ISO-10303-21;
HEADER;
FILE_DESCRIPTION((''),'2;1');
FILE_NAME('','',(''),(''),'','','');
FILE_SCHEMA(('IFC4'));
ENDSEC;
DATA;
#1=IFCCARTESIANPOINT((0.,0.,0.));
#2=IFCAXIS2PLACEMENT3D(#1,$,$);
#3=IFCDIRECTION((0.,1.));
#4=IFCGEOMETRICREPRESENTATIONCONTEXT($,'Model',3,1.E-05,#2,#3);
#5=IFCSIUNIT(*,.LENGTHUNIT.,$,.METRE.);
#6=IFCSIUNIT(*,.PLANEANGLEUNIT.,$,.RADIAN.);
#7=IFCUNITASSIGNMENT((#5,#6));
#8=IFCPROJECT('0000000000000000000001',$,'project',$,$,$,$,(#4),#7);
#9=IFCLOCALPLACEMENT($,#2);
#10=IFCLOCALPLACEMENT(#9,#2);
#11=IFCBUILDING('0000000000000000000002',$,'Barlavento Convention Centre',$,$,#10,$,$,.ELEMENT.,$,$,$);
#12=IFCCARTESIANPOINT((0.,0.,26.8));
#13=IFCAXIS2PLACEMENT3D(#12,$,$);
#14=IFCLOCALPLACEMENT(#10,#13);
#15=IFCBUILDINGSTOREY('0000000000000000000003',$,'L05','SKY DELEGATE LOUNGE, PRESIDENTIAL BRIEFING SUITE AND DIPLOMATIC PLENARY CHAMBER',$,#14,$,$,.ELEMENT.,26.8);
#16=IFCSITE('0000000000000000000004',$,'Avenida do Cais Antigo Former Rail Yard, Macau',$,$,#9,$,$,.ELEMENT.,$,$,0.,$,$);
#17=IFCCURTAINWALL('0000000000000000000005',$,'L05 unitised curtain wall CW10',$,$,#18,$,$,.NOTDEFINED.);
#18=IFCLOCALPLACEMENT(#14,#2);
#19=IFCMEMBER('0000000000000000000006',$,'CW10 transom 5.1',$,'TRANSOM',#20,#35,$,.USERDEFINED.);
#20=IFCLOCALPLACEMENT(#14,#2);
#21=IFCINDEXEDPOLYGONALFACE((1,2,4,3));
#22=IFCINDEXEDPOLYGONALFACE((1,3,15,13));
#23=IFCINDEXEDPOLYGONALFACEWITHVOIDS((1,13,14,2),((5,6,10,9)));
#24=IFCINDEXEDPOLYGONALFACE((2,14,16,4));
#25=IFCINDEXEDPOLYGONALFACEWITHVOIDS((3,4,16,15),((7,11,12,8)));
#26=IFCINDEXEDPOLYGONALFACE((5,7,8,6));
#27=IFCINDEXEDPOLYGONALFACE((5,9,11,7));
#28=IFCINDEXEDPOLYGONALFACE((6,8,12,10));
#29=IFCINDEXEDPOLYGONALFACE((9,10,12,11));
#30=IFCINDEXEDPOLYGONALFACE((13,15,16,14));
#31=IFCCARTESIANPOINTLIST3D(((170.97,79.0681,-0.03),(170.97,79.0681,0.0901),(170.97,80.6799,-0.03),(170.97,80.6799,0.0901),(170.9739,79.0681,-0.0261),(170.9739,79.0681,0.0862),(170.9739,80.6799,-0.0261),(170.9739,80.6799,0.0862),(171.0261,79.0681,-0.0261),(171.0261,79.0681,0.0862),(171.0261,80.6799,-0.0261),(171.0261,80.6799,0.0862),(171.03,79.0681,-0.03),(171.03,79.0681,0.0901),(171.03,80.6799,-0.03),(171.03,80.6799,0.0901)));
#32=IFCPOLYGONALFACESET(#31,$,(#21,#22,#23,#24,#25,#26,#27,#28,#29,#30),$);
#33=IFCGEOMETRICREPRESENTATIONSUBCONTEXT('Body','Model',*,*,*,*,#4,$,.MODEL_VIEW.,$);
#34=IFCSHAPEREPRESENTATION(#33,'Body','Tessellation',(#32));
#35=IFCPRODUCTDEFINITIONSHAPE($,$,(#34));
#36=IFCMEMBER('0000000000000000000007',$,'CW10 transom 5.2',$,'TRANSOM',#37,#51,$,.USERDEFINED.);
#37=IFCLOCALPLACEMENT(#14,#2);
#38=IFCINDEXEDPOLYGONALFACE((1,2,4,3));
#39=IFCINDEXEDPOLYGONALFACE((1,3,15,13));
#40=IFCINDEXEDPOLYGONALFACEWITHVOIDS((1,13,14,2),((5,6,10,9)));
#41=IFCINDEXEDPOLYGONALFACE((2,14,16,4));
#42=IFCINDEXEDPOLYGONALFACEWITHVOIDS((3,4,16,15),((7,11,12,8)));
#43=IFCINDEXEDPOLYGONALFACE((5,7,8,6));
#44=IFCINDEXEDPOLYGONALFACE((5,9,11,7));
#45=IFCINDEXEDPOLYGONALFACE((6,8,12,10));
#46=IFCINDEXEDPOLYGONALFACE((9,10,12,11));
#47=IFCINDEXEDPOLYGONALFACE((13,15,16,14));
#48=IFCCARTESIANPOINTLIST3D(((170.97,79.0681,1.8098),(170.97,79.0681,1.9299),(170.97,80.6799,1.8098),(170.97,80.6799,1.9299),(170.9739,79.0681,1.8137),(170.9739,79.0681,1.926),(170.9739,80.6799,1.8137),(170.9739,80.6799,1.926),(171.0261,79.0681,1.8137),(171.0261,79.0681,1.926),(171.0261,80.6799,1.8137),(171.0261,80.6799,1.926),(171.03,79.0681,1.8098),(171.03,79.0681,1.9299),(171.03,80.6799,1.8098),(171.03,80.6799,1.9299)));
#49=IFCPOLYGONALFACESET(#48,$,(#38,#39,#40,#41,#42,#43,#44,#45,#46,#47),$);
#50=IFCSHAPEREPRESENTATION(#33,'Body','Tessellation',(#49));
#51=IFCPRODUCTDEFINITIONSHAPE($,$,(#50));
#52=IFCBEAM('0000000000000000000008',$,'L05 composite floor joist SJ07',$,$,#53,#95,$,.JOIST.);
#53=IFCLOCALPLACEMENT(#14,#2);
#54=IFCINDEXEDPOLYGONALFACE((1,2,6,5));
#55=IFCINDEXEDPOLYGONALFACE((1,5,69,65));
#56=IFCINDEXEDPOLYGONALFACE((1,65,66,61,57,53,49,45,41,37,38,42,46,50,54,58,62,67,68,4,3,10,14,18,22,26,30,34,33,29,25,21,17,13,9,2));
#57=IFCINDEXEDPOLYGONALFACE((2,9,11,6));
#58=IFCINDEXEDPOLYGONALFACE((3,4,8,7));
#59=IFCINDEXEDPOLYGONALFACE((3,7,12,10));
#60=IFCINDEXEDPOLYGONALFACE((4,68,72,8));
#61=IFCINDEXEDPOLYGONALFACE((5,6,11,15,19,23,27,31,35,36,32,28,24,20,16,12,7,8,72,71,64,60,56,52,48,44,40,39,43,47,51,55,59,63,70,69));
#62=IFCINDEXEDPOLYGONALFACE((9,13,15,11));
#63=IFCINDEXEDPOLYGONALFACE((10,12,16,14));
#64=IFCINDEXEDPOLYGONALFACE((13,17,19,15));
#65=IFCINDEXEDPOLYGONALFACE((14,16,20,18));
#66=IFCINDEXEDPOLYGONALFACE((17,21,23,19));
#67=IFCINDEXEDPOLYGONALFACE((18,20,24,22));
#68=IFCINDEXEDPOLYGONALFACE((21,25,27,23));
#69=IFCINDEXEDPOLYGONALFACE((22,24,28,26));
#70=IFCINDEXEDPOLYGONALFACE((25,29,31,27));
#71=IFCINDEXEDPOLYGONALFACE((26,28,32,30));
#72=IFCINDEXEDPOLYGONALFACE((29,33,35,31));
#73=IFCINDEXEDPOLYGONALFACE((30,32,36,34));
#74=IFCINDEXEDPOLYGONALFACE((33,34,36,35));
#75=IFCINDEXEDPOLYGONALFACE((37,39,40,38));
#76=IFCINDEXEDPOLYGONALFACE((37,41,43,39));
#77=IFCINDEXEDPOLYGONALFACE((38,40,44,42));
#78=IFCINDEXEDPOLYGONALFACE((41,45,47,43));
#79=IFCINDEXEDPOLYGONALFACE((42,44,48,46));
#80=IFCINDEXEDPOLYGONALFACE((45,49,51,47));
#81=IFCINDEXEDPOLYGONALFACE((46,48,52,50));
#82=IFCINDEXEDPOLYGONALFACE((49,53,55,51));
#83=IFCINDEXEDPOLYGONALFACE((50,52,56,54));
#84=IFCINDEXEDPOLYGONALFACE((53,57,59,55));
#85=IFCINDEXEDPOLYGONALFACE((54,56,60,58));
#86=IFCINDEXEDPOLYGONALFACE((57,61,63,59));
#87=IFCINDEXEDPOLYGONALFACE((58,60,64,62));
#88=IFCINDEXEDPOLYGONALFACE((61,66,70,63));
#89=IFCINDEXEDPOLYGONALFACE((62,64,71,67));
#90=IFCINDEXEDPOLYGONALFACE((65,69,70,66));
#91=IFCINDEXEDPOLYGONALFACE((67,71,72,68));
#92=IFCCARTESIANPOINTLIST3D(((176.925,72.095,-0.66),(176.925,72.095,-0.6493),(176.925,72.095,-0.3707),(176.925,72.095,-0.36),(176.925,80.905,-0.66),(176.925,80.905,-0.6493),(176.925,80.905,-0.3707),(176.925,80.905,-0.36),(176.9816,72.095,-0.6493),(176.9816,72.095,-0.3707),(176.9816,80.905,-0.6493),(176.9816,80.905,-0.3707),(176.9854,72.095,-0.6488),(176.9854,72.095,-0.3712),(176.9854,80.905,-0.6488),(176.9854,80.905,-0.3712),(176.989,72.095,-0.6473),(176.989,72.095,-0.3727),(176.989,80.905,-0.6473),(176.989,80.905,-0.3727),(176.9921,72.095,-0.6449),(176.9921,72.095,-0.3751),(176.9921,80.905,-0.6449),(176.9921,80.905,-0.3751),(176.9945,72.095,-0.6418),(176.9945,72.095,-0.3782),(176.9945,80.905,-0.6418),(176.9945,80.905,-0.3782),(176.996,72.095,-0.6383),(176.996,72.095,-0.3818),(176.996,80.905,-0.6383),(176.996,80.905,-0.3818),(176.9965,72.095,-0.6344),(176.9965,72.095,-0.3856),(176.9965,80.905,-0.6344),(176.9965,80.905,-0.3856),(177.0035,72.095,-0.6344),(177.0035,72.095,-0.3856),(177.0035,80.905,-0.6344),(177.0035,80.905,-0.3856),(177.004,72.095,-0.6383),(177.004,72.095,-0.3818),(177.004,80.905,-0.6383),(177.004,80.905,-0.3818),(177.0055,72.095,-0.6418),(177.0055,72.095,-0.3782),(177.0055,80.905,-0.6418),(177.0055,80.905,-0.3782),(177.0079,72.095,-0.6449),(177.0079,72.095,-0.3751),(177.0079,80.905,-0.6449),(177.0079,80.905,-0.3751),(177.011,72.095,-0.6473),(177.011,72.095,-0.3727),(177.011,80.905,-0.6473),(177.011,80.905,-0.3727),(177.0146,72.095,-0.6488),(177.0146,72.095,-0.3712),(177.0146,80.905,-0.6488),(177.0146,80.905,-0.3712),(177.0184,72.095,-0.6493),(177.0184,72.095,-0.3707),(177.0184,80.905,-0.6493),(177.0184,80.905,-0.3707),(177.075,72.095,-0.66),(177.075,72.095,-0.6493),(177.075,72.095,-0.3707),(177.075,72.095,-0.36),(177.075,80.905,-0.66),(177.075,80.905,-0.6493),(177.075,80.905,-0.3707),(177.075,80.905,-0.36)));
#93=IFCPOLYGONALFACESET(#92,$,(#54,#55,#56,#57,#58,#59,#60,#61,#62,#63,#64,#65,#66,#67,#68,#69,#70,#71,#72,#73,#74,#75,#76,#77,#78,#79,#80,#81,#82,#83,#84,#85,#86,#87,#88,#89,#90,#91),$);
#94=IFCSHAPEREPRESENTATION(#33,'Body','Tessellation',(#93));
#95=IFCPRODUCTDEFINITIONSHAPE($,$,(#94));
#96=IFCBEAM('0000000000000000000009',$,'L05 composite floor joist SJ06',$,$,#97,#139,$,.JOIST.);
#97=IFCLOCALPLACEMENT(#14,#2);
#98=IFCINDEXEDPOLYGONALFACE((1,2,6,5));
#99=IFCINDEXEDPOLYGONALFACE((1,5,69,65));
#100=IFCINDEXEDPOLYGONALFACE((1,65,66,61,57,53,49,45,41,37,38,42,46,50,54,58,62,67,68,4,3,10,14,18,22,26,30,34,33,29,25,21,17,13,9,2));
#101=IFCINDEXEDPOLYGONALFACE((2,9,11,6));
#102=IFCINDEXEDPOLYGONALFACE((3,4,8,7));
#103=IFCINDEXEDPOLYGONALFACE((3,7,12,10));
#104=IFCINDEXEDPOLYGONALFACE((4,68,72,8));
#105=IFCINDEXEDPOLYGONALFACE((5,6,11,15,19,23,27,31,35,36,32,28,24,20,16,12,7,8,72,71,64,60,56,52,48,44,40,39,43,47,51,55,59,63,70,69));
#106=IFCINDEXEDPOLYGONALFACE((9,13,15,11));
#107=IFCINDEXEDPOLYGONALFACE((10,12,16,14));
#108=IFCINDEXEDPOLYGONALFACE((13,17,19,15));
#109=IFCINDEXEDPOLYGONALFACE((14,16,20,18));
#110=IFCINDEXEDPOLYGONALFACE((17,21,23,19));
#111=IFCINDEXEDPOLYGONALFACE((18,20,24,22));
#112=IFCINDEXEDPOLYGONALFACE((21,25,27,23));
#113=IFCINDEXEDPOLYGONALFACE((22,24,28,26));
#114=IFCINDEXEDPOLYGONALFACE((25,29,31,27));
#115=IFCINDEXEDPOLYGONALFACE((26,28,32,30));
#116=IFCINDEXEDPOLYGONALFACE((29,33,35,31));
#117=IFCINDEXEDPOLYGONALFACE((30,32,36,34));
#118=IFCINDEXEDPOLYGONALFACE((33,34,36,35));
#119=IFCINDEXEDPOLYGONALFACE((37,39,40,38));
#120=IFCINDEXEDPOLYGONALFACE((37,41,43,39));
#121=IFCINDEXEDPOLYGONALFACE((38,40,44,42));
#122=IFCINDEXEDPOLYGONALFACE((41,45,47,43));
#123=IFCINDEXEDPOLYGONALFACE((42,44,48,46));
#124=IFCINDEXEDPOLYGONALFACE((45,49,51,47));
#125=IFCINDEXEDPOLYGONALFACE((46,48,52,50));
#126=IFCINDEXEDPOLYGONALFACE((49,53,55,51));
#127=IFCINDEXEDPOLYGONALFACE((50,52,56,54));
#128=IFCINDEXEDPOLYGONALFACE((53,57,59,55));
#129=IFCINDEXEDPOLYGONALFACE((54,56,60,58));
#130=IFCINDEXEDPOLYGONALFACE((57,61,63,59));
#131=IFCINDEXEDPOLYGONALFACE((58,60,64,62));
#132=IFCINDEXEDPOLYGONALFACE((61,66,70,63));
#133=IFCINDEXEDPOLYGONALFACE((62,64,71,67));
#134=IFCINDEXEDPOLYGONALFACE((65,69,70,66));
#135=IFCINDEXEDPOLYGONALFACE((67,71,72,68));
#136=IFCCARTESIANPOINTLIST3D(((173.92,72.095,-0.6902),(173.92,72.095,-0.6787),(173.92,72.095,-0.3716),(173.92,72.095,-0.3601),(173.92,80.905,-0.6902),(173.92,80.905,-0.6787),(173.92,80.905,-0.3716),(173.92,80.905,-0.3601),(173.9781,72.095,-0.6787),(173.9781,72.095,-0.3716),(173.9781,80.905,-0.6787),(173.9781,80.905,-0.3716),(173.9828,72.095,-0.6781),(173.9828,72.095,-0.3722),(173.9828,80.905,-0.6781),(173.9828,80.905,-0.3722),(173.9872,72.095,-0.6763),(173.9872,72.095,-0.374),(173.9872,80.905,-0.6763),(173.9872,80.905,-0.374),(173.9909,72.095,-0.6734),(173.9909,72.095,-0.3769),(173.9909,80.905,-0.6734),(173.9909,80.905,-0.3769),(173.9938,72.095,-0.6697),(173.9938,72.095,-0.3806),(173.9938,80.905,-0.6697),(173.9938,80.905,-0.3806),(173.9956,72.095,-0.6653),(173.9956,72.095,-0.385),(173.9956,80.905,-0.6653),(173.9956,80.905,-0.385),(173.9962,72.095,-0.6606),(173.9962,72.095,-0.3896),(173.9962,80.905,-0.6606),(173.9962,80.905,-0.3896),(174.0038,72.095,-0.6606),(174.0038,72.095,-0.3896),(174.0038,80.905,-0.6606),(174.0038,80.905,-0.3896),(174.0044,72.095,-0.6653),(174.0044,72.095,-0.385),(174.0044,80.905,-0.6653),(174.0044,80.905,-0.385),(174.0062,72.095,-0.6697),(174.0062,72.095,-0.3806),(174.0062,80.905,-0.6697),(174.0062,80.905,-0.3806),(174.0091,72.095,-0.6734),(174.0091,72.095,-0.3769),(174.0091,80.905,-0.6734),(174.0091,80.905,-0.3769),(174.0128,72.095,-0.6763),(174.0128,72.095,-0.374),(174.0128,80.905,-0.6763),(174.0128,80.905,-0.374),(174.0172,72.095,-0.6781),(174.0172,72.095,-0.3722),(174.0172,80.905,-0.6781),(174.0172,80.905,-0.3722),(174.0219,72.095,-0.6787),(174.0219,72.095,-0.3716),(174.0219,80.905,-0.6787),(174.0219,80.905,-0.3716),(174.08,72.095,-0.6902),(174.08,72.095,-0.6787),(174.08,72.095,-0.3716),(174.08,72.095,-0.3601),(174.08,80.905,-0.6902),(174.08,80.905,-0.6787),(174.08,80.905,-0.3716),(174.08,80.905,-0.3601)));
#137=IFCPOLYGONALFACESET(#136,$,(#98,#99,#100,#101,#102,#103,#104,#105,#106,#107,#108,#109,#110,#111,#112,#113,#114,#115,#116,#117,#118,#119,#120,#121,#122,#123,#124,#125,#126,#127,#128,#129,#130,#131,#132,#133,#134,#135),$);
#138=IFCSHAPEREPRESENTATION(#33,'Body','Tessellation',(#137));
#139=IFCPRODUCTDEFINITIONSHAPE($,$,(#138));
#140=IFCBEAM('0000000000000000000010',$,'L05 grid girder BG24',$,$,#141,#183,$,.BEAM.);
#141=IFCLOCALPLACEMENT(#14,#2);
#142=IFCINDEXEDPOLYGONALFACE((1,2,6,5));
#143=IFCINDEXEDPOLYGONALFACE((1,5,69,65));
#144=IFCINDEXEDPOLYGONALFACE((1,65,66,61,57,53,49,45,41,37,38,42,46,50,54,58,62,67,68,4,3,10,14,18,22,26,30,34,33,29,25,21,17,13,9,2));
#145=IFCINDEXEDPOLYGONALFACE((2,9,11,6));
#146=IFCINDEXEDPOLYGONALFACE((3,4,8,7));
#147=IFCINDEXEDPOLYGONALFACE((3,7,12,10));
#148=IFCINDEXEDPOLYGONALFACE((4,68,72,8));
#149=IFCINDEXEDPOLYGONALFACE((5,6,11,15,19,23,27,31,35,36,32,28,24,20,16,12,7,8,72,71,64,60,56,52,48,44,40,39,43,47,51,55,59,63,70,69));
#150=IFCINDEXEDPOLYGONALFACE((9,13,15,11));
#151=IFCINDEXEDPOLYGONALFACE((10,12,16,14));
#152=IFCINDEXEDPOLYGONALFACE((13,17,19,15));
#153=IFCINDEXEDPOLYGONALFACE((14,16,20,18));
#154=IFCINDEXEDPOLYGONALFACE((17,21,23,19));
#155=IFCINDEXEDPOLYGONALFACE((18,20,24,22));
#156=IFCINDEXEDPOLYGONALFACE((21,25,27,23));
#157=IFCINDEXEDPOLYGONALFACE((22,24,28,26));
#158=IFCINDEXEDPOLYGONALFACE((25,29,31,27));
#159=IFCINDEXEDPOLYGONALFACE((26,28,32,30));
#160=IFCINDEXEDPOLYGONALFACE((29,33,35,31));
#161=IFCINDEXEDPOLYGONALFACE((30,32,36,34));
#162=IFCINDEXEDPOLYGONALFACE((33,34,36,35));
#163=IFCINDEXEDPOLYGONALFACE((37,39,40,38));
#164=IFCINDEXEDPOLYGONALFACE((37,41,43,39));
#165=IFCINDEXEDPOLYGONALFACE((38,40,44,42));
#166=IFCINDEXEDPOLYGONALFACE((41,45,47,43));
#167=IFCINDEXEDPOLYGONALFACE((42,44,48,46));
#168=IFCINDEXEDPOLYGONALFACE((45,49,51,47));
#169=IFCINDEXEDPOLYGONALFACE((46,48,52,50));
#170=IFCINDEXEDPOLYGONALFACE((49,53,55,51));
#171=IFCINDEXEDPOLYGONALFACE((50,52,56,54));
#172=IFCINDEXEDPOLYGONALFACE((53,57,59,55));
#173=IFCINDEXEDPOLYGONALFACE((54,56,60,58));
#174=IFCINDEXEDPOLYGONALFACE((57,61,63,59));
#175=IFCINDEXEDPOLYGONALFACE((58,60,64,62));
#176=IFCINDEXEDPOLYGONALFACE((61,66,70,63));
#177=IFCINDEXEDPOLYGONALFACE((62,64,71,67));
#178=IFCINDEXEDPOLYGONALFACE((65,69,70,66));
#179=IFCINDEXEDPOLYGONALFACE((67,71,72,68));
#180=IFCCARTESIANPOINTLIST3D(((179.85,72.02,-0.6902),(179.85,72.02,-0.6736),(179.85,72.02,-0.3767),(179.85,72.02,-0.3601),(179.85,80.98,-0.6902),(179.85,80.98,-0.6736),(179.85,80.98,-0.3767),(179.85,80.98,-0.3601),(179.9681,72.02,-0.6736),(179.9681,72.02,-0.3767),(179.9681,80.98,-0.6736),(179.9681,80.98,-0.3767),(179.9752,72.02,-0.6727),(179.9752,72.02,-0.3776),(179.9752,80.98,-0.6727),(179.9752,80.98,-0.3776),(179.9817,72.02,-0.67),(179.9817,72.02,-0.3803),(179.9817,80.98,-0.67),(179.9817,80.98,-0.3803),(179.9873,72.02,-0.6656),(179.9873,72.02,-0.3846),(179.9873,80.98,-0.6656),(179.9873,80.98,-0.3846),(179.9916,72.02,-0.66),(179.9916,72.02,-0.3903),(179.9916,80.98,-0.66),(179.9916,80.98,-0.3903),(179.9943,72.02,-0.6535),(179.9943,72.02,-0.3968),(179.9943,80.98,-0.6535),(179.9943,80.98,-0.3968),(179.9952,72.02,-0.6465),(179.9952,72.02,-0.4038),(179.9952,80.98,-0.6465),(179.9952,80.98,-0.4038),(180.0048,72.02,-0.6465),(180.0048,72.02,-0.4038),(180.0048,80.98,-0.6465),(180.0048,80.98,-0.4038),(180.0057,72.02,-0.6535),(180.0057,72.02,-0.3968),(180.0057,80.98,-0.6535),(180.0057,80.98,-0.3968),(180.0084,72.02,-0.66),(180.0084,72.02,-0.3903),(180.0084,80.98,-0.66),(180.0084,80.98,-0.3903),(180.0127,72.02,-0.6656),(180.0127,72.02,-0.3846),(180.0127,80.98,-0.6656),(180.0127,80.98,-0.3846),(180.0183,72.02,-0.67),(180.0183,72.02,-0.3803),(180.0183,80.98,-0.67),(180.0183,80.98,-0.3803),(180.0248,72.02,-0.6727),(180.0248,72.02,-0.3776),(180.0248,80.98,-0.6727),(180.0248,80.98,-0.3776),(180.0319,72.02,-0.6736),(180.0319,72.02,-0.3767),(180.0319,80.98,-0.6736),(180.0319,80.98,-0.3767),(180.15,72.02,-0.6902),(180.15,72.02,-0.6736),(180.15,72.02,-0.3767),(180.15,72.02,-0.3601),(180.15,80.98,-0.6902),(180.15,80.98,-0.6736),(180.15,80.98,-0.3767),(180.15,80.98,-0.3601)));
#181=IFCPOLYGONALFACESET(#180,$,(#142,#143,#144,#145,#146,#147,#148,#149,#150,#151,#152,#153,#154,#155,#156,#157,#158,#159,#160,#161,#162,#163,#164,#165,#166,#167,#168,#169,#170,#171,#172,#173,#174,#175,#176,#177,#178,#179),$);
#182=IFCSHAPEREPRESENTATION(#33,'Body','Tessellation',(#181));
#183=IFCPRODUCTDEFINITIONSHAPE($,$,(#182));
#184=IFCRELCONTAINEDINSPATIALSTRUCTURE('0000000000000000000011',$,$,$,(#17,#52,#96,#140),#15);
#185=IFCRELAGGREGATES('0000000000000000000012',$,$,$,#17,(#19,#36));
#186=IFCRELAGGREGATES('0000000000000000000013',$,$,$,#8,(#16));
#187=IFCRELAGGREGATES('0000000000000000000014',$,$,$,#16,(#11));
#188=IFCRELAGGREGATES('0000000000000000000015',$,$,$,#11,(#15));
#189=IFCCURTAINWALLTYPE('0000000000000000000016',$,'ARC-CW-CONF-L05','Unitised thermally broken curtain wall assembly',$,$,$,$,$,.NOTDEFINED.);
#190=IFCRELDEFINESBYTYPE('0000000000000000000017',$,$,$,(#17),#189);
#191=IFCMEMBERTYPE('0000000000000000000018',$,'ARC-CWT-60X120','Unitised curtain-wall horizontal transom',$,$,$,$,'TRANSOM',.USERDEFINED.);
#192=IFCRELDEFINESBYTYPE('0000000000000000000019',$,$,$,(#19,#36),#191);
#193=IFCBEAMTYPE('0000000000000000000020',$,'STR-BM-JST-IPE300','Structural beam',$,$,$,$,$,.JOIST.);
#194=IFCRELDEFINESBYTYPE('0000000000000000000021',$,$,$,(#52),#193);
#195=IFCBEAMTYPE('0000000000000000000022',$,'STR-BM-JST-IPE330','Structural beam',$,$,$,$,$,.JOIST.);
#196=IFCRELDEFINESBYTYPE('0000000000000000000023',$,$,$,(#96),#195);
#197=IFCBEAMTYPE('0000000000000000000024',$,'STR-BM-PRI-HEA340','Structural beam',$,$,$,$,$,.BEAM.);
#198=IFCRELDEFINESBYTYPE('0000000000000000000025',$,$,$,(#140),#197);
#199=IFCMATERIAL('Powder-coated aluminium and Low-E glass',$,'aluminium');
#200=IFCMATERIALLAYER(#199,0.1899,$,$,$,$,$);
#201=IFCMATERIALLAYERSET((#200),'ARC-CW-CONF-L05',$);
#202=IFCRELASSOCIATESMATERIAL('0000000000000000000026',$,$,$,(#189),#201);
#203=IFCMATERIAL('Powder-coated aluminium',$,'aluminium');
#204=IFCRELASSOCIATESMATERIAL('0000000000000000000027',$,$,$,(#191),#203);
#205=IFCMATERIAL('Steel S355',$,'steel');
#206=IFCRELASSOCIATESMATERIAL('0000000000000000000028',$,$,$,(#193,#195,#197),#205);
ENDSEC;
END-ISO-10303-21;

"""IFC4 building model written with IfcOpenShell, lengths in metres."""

from ifc_helpers import new_model, si_unit, direction, frame, origin, origin_2d, place, context, subcontext, project, spatial, hollow_rectangle, i_section, extrude, material, layer, layer_set, material_profile, profile_set, type_object, element, aggregate, save


model = new_model("IFC4")

# Units and contexts
model_context = context("Model", 3, precision=1e-05, world=origin(), true_north=direction((0.0, 1.0)))
body_context = subcontext(model_context, "Body", "Model", "MODEL_VIEW")
ifc_project = project(units=[si_unit("LENGTHUNIT", "METRE"), si_unit("PLANEANGLEUNIT", "RADIAN")], contexts=[model_context])

# Site, building, storey
site_placement = place(None, origin())
site = spatial("IfcSite", under=ifc_project, at=site_placement, Name="Avenida do Cais Antigo Former Rail Yard, Macau", CompositionType="ELEMENT", RefElevation=0.0)
building_placement = place(site_placement, origin())
building = spatial("IfcBuilding", under=site, at=building_placement, Name="Barlavento Convention Centre", CompositionType="ELEMENT")
storey_placement = place(building_placement, frame((0.0, 0.0, 26.8)))
storey = spatial("IfcBuildingStorey", under=building, at=storey_placement, Name="L05", Description="SKY DELEGATE LOUNGE, PRESIDENTIAL BRIEFING SUITE AND DIPLOMATIC PLENARY CHAMBER", CompositionType="ELEMENT", Elevation=26.8)

# Shared definitions
ifc_material_1 = material(Name="Steel S355", Category="steel")

# Curtain wall, members
ifc_material_2 = material(Name="Powder-coated aluminium and Low-E glass", Category="aluminium")
ifc_layer_1 = layer(ifc_material_2, 0.1899)
ifc_layer_set_1 = layer_set([ifc_layer_1], Name="ARC-CW-CONF-L05")
curtain_wall_type = type_object("IfcCurtainWallType", Name="ARC-CW-CONF-L05", Description="Unitised thermally broken curtain wall assembly", PredefinedType="NOTDEFINED", material=ifc_layer_set_1)
curtain_wall_placement = place(storey_placement, origin())
curtain_wall = element("IfcCurtainWall", 1, at=curtain_wall_placement, inside=storey, type_object=curtain_wall_type, Name="L05 unitised curtain wall CW10", PredefinedType="NOTDEFINED")
ifc_material_3 = material(Name="Powder-coated aluminium", Category="aluminium")
ifc_material_profile_1 = material_profile(ifc_material_3, hollow_rectangle(XDim=0.0601, YDim=0.1201, WallThickness=0.0039, at=origin_2d()), Name="AL-TRAN 60x120x4")
ifc_profile_set_1 = profile_set([ifc_material_profile_1], Name="Powder-coated aluminium")
member_type_1 = type_object("IfcMemberType", Name="ARC-CWT-60X120", Description="Unitised curtain-wall horizontal transom", ElementType="TRANSOM", PredefinedType="USERDEFINED", material=ifc_profile_set_1)
member_1_placement = place(storey_placement, frame((171.0, 79.0681, 0.03), z_axis=(0.0, 1.0, 0.0), x_axis=(-1.0, 0.0, 0.0)))
member_1 = element("IfcMember", 2, at=member_1_placement, type_object=member_type_1, Name="CW10 transom 5.1", ObjectType="TRANSOM", PredefinedType="USERDEFINED", context=body_context, shape_type="SweptSolid", body=[
    extrude(hollow_rectangle(XDim=0.0601, YDim=0.1201, WallThickness=0.0039, at=origin_2d()), origin(), (0.0, 0.0, 1.0), 1.6118),
])
member_2_placement = place(storey_placement, frame((171.0, 79.0681, 1.8699), z_axis=(0.0, 1.0, 0.0), x_axis=(-1.0, 0.0, 0.0)))
member_2 = element("IfcMember", 3, at=member_2_placement, type_object=member_type_1, Name="CW10 transom 5.2", ObjectType="TRANSOM", PredefinedType="USERDEFINED", context=body_context, shape_type="SweptSolid", body=[
    extrude(hollow_rectangle(XDim=0.0601, YDim=0.1201, WallThickness=0.0039, at=origin_2d()), origin(), (0.0, 0.0, 1.0), 1.6118),
])

# Beams
ifc_material_profile_2 = material_profile(ifc_material_1, i_section(OverallWidth=0.1499, OverallDepth=0.3, WebThickness=0.0071, FlangeThickness=0.0107, FilletRadius=0.0149, at=origin_2d()), Name="IPE 300")
ifc_profile_set_2 = profile_set([ifc_material_profile_2], Name="Steel S355")
beam_type_1 = type_object("IfcBeamType", Name="STR-BM-JST-IPE300", Description="Structural beam", PredefinedType="JOIST", material=ifc_profile_set_2)
beam_1_placement = place(storey_placement, frame((177.0, 72.095, -0.51), z_axis=(0.0, 1.0, 0.0), x_axis=(-1.0, 0.0, 0.0)))
element("IfcBeam", 4, at=beam_1_placement, inside=storey, type_object=beam_type_1, Name="L05 composite floor joist SJ07", PredefinedType="JOIST", context=body_context, shape_type="SweptSolid", body=[
    extrude(i_section(OverallWidth=0.1499, OverallDepth=0.3, WebThickness=0.0071, FlangeThickness=0.0107, FilletRadius=0.0149, at=origin_2d()), origin(), (0.0, 0.0, 1.0), 8.8101),
])
ifc_material_profile_3 = material_profile(ifc_material_1, i_section(OverallWidth=0.1599, OverallDepth=0.3301, WebThickness=0.0076, FlangeThickness=0.0115, FilletRadius=0.0181, at=origin_2d()), Name="IPE 330")
ifc_profile_set_3 = profile_set([ifc_material_profile_3], Name="Steel S355")
beam_type_2 = type_object("IfcBeamType", Name="STR-BM-JST-IPE330", Description="Structural beam", PredefinedType="JOIST", material=ifc_profile_set_3)
beam_2_placement = place(storey_placement, frame((174.0, 72.095, -0.5251), z_axis=(0.0, 1.0, 0.0), x_axis=(-1.0, 0.0, 0.0)))
element("IfcBeam", 5, at=beam_2_placement, inside=storey, type_object=beam_type_2, Name="L05 composite floor joist SJ06", PredefinedType="JOIST", context=body_context, shape_type="SweptSolid", body=[
    extrude(i_section(OverallWidth=0.1599, OverallDepth=0.3301, WebThickness=0.0076, FlangeThickness=0.0115, FilletRadius=0.0181, at=origin_2d()), origin(), (0.0, 0.0, 1.0), 8.8101),
])
ifc_material_profile_4 = material_profile(ifc_material_1, i_section(OverallWidth=0.3, OverallDepth=0.3301, WebThickness=0.0095, FlangeThickness=0.0166, FilletRadius=0.0271, at=origin_2d()), Name="HEA 340")
ifc_profile_set_4 = profile_set([ifc_material_profile_4], Name="Steel S355")
beam_type_3 = type_object("IfcBeamType", Name="STR-BM-PRI-HEA340", Description="Structural beam", PredefinedType="BEAM", material=ifc_profile_set_4)
beam_3_placement = place(storey_placement, frame((180.0, 72.02, -0.5251), z_axis=(0.0, 1.0, 0.0), x_axis=(-1.0, 0.0, 0.0)))
element("IfcBeam", 6, at=beam_3_placement, inside=storey, type_object=beam_type_3, Name="L05 grid girder BG24", PredefinedType="BEAM", context=body_context, shape_type="SweptSolid", body=[
    extrude(i_section(OverallWidth=0.3, OverallDepth=0.3301, WebThickness=0.0095, FlangeThickness=0.0166, FilletRadius=0.0271, at=origin_2d()), origin(), (0.0, 0.0, 1.0), 8.96),
])

aggregate(curtain_wall, [member_1, member_2])

save(model, "model.ifc")
